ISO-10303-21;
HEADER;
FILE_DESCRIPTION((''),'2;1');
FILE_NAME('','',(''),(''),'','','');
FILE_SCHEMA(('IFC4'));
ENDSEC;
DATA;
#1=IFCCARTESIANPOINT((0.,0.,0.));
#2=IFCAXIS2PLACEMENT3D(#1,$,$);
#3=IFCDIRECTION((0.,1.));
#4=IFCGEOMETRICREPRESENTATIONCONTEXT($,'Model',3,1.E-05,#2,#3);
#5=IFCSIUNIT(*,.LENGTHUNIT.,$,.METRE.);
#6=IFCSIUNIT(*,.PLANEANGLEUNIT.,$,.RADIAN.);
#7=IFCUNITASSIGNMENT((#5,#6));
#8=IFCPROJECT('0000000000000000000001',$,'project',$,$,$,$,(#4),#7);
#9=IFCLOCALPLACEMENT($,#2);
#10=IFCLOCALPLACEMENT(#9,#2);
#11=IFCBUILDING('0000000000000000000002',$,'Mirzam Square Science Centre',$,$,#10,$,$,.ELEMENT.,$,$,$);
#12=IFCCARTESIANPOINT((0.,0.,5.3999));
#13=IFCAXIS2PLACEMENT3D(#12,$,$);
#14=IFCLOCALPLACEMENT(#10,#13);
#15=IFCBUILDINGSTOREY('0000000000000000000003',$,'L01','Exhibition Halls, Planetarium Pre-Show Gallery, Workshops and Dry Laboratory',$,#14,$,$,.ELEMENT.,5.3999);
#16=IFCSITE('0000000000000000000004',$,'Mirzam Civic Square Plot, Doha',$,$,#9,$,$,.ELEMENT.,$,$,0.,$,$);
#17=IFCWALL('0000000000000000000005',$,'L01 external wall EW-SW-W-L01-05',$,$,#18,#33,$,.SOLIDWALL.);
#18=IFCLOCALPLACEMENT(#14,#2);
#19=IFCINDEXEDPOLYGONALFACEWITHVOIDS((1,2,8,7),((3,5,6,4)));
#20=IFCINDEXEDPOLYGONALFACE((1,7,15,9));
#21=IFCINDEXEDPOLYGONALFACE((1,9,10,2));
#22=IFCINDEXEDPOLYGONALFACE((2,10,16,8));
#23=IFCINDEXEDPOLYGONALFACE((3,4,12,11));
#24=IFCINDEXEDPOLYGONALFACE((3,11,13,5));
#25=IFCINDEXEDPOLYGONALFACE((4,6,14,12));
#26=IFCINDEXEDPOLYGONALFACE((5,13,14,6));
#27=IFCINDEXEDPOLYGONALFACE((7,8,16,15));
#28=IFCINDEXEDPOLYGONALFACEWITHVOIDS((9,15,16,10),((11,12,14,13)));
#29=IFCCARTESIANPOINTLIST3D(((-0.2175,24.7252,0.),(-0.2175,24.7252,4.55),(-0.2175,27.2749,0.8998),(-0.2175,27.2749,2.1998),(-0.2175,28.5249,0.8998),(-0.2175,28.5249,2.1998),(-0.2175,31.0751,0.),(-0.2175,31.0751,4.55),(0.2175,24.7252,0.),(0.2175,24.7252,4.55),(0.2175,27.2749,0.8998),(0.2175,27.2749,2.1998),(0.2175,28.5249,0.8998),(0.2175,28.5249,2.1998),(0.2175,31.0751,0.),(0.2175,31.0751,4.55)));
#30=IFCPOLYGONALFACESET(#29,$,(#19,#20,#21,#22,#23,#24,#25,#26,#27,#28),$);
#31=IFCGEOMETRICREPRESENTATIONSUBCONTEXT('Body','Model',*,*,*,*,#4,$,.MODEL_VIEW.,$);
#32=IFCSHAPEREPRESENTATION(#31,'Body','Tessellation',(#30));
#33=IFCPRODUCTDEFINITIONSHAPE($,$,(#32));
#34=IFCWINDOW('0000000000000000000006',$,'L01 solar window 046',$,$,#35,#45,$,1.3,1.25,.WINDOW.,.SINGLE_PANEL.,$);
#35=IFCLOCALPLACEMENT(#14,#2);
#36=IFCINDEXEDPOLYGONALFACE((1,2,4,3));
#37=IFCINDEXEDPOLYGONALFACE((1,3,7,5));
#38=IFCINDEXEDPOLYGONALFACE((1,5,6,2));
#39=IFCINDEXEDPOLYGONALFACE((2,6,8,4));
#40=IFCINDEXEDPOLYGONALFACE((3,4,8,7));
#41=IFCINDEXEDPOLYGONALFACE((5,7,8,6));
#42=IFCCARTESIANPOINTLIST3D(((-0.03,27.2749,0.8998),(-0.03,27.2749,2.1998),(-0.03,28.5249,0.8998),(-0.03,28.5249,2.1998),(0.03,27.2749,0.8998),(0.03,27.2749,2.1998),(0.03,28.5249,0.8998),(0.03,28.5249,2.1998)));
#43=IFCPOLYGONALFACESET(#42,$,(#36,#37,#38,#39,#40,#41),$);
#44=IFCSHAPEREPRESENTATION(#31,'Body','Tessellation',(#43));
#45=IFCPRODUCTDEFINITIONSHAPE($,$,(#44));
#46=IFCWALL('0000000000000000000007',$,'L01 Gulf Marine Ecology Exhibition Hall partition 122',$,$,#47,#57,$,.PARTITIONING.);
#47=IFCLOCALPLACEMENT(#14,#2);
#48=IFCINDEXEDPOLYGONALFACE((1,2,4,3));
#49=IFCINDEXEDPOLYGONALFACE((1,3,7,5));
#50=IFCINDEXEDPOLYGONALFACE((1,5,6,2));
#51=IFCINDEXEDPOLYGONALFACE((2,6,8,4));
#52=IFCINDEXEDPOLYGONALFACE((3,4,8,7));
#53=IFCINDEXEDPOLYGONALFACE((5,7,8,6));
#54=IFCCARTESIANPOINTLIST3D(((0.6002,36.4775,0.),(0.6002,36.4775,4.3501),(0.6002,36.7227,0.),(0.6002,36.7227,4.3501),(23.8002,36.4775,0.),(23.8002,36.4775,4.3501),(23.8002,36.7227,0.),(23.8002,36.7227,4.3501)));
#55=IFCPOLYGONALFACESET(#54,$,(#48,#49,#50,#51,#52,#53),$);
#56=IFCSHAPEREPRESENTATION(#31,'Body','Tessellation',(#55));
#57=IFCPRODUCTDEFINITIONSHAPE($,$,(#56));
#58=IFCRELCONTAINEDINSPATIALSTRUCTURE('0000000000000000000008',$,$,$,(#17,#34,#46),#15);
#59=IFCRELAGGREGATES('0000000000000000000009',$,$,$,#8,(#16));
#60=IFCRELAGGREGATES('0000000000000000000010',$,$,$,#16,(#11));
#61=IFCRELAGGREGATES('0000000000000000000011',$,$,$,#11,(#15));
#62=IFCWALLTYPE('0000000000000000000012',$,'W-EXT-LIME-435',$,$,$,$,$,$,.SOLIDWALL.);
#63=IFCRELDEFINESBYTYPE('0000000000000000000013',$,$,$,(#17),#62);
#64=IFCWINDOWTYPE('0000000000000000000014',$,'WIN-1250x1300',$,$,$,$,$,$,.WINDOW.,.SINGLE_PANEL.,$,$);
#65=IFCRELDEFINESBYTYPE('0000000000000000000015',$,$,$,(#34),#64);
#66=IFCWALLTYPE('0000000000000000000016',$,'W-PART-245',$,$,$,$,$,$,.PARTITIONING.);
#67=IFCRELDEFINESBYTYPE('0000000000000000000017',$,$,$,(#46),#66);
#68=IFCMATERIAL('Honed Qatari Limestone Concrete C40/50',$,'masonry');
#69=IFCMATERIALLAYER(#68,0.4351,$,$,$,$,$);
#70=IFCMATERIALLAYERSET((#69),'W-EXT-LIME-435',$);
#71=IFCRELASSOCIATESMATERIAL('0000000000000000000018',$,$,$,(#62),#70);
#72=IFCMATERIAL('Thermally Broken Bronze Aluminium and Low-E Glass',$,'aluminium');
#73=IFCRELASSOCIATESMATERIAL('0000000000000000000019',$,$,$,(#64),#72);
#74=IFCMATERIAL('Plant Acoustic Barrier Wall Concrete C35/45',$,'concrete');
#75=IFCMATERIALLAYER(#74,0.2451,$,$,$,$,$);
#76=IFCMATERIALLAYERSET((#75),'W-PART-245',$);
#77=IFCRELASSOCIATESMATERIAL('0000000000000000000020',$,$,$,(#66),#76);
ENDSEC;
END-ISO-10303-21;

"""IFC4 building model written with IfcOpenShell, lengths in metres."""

from ifc_helpers import new_model, si_unit, direction, frame, frame_2d, origin, place, context, subcontext, project, spatial, rectangle, extrude, material, layer, layer_set, type_object, element, fill, save


model = new_model("IFC4")

# Units and contexts
model_context = context("Model", 3, precision=1e-05, world=origin(), true_north=direction((0.0, 1.0)))
body_context = subcontext(model_context, "Body", "Model", "MODEL_VIEW")
ifc_project = project(units=[si_unit("LENGTHUNIT", "METRE"), si_unit("PLANEANGLEUNIT", "RADIAN")], contexts=[model_context])

# Site, building, storey
site_placement = place(None, origin())
site = spatial("IfcSite", under=ifc_project, at=site_placement, Name="Mirzam Civic Square Plot, Doha", CompositionType="ELEMENT", RefElevation=0.0)
building_placement = place(site_placement, origin())
building = spatial("IfcBuilding", under=site, at=building_placement, Name="Mirzam Square Science Centre", CompositionType="ELEMENT")
storey_placement = place(building_placement, frame((0.0, 0.0, 5.3999)))
storey = spatial("IfcBuildingStorey", under=building, at=storey_placement, Name="L01", Description="Exhibition Halls, Planetarium Pre-Show Gallery, Workshops and Dry Laboratory", CompositionType="ELEMENT", Elevation=5.3999)

# Wall, opening, window
ifc_material_1 = material(Name="Honed Qatari Limestone Concrete C40/50", Category="masonry")
ifc_layer_1 = layer(ifc_material_1, 0.4351)
ifc_layer_set_1 = layer_set([ifc_layer_1], Name="W-EXT-LIME-435")
wall_type_1 = type_object("IfcWallType", Name="W-EXT-LIME-435", PredefinedType="SOLIDWALL", material=ifc_layer_set_1)
ifc_material_2 = material(Name="Thermally Broken Bronze Aluminium and Low-E Glass", Category="aluminium")
wall_1_placement = place(storey_placement, frame((0.0, 31.075, 0.0), z_axis=(0.0, 0.0, 1.0), x_axis=(0.0, -1.0, 0.0)))
wall_1 = element("IfcWall", 1, at=wall_1_placement, inside=storey, type_object=wall_type_1, Name="L01 external wall EW-SW-W-L01-05", PredefinedType="SOLIDWALL", context=body_context, shape_type="SweptSolid", body=[
    extrude(rectangle(XDim=6.3499, YDim=0.4351, at=frame_2d((3.1748, 0.0))), origin(), (0.0, 0.0, 1.0), 4.55),
])
opening_1_placement = place(wall_1_placement, frame((2.55, 0.0, 0.8999)))
opening_1 = element("IfcOpeningElement", 2, at=opening_1_placement, cuts=wall_1, PredefinedType="OPENING", context=body_context, shape_type="SweptSolid", body=[
    extrude(rectangle(XDim=1.25, YDim=1.3, at=frame_2d((0.625, 0.6499))), frame((0.0, 0.2275, 0.0), z_axis=(0.0, -1.0, 0.0), x_axis=(1.0, 0.0, 0.0)), (0.0, 0.0, 1.0), 0.4551),
])
window_type_1 = type_object("IfcWindowType", Name="WIN-1250x1300", PartitioningType="SINGLE_PANEL", PredefinedType="WINDOW", material=ifc_material_2)
window_1_placement = place(opening_1_placement, origin())
window_1 = element("IfcWindow", 3, at=window_1_placement, inside=storey, type_object=window_type_1, Name="L01 solar window 046", OverallHeight=1.3, OverallWidth=1.25, PartitioningType="SINGLE_PANEL", PredefinedType="WINDOW", context=body_context, shape_type="SweptSolid", body=[
    extrude(rectangle(XDim=1.25, YDim=1.3, at=frame_2d((0.625, 0.6499))), frame((0.0, 0.03, 0.0), z_axis=(0.0, -1.0, 0.0), x_axis=(1.0, 0.0, 0.0)), (0.0, 0.0, 1.0), 0.0601),
])
fill(opening_1, window_1)

# Wall
ifc_material_3 = material(Name="Plant Acoustic Barrier Wall Concrete C35/45", Category="concrete")
ifc_layer_2 = layer(ifc_material_3, 0.2451)
ifc_layer_set_2 = layer_set([ifc_layer_2], Name="W-PART-245")
wall_type_2 = type_object("IfcWallType", Name="W-PART-245", PredefinedType="PARTITIONING", material=ifc_layer_set_2)
wall_2_placement = place(storey_placement, frame((0.6001, 36.6001, 0.0), z_axis=(0.0, 0.0, 1.0), x_axis=(1.0, 0.0, 0.0)))
element("IfcWall", 4, at=wall_2_placement, inside=storey, type_object=wall_type_2, Name="L01 Gulf Marine Ecology Exhibition Hall partition 122", PredefinedType="PARTITIONING", context=body_context, shape_type="SweptSolid", body=[
    extrude(rectangle(XDim=23.2, YDim=0.2451, at=frame_2d((11.6001, 0.0))), origin(), (0.0, 0.0, 1.0), 4.3501),
])

save(model, "model.ifc")
